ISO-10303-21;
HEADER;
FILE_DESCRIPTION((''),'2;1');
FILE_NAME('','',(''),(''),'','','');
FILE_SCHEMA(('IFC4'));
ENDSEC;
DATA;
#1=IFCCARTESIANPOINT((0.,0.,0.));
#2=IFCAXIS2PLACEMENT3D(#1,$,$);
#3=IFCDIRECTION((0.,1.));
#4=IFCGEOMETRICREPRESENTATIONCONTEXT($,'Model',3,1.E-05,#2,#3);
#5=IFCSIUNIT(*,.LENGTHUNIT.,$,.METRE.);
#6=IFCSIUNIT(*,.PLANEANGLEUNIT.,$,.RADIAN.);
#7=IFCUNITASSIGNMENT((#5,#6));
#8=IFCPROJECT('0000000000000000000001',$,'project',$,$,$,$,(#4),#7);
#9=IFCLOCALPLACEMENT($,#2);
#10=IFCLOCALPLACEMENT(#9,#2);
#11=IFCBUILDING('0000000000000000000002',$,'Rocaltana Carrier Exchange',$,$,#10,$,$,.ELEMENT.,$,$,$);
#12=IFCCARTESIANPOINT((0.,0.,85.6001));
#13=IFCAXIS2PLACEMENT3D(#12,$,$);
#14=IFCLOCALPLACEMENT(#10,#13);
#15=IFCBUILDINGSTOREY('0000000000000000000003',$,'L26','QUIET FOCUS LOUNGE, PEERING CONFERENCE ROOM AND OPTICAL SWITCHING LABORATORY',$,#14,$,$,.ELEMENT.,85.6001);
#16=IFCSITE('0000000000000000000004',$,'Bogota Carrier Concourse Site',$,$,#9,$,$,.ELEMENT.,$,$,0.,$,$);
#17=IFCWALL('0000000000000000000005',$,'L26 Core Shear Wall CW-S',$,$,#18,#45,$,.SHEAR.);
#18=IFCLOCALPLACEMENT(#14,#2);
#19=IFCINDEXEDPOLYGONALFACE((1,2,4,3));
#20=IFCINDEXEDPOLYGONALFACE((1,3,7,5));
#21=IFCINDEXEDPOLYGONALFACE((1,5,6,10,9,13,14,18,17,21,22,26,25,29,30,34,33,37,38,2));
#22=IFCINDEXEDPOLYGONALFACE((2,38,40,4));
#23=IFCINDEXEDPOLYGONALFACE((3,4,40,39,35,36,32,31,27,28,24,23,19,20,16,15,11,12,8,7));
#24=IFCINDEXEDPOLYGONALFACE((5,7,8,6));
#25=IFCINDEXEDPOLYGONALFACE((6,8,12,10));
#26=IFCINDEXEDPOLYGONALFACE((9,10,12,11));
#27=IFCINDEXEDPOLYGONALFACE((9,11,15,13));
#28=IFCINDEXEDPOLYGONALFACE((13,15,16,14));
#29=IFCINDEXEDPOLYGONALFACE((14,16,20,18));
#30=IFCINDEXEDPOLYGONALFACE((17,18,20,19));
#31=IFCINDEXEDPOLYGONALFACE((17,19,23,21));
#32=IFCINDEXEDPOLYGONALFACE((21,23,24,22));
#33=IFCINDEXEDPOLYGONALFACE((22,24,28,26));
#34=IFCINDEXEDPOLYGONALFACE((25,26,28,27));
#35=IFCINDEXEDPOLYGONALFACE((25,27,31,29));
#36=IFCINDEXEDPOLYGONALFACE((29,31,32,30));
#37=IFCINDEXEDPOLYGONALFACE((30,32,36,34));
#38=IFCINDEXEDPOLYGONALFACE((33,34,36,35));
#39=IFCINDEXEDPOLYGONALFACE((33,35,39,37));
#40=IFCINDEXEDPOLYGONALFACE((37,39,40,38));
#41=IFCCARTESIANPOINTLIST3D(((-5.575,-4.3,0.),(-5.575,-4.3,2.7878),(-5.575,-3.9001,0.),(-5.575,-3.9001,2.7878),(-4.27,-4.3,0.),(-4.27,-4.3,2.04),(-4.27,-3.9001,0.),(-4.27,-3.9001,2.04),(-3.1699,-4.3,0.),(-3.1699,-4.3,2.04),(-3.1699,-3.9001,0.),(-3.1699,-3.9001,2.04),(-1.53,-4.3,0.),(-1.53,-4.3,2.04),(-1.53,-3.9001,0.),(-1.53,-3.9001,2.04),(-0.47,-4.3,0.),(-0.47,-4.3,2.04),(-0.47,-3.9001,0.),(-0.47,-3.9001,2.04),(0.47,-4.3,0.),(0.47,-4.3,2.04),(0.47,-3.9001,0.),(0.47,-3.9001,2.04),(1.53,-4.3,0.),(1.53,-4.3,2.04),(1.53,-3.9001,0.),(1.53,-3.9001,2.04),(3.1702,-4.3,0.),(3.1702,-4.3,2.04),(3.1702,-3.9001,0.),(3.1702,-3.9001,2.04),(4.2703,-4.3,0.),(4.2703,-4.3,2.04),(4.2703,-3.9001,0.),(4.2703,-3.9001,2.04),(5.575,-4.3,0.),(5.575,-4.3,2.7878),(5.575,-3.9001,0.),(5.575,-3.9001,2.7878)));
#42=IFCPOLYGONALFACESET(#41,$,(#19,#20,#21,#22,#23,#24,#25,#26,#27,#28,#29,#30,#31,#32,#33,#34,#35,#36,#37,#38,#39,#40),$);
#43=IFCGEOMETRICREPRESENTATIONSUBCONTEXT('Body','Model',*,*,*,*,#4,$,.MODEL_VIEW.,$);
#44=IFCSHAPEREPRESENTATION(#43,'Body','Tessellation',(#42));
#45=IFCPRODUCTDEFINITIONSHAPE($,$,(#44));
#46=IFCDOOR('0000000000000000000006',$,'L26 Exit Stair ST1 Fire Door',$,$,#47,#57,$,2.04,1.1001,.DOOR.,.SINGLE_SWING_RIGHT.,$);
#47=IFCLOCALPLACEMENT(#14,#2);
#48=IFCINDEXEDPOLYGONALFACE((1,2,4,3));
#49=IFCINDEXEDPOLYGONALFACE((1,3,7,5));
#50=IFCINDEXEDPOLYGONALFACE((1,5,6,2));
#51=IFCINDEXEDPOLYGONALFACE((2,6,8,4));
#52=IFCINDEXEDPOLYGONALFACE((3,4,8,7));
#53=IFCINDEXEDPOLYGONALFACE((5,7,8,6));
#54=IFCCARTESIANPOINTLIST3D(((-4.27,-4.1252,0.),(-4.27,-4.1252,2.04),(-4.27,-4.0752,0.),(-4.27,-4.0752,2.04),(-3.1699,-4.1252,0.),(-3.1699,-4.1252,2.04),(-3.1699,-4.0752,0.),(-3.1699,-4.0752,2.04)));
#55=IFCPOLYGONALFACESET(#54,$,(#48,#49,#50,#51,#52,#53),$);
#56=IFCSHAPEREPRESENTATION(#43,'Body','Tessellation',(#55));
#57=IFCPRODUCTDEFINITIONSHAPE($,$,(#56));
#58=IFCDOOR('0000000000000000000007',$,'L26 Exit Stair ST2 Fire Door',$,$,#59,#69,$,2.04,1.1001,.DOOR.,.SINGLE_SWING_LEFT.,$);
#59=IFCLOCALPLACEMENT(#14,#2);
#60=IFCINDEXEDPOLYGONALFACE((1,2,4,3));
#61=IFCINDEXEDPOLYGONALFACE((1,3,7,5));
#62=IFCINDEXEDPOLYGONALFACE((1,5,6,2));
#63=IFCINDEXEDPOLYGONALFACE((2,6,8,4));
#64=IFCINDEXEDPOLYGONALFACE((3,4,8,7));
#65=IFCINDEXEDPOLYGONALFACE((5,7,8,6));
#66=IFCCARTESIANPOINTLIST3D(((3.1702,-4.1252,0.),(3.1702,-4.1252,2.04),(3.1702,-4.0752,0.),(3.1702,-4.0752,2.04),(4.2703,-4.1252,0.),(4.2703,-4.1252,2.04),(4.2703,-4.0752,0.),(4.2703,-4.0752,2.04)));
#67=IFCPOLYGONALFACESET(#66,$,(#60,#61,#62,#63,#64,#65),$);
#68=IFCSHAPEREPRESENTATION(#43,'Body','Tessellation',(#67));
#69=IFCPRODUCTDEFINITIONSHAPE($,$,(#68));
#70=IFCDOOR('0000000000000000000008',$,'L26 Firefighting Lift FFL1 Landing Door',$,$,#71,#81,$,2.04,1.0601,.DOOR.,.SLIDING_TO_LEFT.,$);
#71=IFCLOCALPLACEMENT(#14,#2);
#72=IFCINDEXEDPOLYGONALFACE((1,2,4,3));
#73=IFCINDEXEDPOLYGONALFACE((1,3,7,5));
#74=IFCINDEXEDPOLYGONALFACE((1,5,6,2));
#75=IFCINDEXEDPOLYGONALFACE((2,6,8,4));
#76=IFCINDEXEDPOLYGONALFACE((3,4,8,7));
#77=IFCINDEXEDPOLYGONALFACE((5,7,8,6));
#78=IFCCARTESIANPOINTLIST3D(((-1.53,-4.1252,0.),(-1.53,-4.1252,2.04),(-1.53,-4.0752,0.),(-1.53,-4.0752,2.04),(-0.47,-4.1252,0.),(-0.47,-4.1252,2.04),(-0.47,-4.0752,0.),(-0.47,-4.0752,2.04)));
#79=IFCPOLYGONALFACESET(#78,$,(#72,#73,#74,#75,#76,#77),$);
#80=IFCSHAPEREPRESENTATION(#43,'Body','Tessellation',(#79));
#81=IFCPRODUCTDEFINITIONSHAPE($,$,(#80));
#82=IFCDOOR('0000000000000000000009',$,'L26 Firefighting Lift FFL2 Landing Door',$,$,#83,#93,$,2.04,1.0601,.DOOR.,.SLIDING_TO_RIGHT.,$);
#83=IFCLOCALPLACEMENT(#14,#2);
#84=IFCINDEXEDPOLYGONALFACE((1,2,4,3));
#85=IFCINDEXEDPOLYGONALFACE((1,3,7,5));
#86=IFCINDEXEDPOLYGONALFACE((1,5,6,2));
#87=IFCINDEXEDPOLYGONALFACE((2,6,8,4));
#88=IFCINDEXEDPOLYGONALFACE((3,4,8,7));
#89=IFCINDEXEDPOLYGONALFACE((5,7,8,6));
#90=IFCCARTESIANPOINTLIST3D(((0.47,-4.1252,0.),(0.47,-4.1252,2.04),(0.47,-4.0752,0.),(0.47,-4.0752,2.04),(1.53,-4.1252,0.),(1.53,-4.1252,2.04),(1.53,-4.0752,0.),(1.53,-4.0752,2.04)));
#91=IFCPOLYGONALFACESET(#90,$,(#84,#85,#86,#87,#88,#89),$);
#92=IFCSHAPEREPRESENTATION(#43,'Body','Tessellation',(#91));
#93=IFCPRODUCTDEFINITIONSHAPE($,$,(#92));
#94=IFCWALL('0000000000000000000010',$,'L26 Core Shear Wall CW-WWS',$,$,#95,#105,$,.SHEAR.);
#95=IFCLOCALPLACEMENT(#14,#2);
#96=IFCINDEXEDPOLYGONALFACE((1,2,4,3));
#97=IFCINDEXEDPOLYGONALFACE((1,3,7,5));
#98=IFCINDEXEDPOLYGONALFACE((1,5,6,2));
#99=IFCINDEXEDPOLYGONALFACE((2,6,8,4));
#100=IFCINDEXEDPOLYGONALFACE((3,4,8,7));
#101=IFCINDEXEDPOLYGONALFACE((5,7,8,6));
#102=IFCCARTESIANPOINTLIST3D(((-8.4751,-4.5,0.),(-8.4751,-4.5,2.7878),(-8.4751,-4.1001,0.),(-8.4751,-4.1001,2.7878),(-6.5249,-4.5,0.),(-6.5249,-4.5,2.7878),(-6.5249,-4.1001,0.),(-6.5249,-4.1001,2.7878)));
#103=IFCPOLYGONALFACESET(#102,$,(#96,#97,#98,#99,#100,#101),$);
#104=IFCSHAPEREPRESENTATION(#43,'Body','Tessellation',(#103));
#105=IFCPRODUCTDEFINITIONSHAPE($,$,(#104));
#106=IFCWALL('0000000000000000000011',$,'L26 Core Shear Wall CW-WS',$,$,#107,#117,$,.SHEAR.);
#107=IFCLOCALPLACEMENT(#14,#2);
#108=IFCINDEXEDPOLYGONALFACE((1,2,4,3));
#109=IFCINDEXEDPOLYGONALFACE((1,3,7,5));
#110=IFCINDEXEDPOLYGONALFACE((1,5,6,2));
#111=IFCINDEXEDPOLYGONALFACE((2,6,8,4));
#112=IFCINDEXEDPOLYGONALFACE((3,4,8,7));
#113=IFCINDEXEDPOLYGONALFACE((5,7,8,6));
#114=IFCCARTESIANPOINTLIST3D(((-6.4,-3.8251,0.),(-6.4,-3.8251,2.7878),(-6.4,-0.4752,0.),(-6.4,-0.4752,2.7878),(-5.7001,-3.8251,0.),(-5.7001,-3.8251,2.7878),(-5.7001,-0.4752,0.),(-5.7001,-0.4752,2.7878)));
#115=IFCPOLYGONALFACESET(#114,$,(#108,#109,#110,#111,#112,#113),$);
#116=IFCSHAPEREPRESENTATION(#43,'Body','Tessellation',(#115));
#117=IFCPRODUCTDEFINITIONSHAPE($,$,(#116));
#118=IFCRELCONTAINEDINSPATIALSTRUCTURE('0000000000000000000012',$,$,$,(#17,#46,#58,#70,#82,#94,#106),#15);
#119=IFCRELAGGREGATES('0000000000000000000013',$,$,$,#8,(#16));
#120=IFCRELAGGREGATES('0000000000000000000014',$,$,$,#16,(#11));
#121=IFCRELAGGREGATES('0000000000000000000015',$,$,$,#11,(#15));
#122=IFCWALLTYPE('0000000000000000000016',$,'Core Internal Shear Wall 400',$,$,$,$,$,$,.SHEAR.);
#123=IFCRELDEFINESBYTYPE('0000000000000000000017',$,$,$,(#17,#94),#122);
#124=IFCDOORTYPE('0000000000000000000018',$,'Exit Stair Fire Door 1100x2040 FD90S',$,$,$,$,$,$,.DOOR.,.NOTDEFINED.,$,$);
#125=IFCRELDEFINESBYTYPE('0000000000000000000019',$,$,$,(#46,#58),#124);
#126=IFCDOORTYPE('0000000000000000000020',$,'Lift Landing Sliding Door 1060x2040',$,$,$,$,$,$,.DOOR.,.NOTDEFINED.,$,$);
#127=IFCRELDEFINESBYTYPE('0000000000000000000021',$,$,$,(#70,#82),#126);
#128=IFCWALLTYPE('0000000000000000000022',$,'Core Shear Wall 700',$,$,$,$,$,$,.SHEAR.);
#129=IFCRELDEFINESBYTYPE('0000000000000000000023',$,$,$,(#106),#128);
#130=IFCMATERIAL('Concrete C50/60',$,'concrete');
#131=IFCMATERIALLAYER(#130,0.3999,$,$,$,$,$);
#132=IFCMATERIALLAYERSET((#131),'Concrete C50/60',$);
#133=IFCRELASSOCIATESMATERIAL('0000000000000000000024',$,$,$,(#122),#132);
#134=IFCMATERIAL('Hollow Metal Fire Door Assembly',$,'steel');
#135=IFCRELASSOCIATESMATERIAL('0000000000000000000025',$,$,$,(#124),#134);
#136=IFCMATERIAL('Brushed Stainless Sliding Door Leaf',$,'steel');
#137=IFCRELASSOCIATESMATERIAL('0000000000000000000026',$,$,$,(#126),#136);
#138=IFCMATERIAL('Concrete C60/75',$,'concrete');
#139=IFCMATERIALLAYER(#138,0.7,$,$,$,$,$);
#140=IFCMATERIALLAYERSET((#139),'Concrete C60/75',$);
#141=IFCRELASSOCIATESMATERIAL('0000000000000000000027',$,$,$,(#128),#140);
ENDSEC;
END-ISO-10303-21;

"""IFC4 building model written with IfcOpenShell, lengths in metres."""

from ifc_helpers import new_model, si_unit, direction, frame, frame_2d, origin, place, context, subcontext, project, spatial, rectangle, extrude, material, layer, layer_set, type_object, element, fill, save


model = new_model("IFC4")

# Units and contexts
model_context = context("Model", 3, precision=1e-05, world=origin(), true_north=direction((0.0, 1.0)))
body_context = subcontext(model_context, "Body", "Model", "MODEL_VIEW")
ifc_project = project(units=[si_unit("LENGTHUNIT", "METRE"), si_unit("PLANEANGLEUNIT", "RADIAN")], contexts=[model_context])

# Site, building, storey
site_placement = place(None, origin())
site = spatial("IfcSite", under=ifc_project, at=site_placement, Name="Bogota Carrier Concourse Site", CompositionType="ELEMENT", RefElevation=0.0)
building_placement = place(site_placement, origin())
building = spatial("IfcBuilding", under=site, at=building_placement, Name="Rocaltana Carrier Exchange", CompositionType="ELEMENT")
storey_placement = place(building_placement, frame((0.0, 0.0, 85.6001)))
storey = spatial("IfcBuildingStorey", under=building, at=storey_placement, Name="L26", Description="QUIET FOCUS LOUNGE, PEERING CONFERENCE ROOM AND OPTICAL SWITCHING LABORATORY", CompositionType="ELEMENT", Elevation=85.6001)

# Wall, openings, doors
ifc_material_1 = material(Name="Concrete C50/60", Category="concrete")
ifc_layer_1 = layer(ifc_material_1, 0.3999)
ifc_layer_set_1 = layer_set([ifc_layer_1], Name="Concrete C50/60")
wall_type_1 = type_object("IfcWallType", Name="Core Internal Shear Wall 400", PredefinedType="SHEAR", material=ifc_layer_set_1)
wall_1_placement = place(storey_placement, frame((-5.575, -4.1001, 0.0), z_axis=(0.0, 0.0, 1.0), x_axis=(1.0, 0.0, 0.0)))
wall_1 = element("IfcWall", 1, at=wall_1_placement, inside=storey, type_object=wall_type_1, Name="L26 Core Shear Wall CW-S", PredefinedType="SHEAR", context=body_context, shape_type="SweptSolid", body=[
    extrude(rectangle(XDim=11.1499, YDim=0.3999, at=frame_2d((5.575, 0.0))), origin(), (0.0, 0.0, 1.0), 2.7878),
])
opening_1_placement = place(wall_1_placement, frame((1.3049, 0.0, 0.0)))
opening_1 = element("IfcOpeningElement", 2, at=opening_1_placement, cuts=wall_1, PredefinedType="OPENING", context=body_context, shape_type="SweptSolid", body=[
    extrude(rectangle(XDim=1.1001, YDim=2.04, at=frame_2d((0.55, 1.02))), frame((0.0, 0.21, 0.0), z_axis=(0.0, -1.0, 0.0), x_axis=(1.0, 0.0, 0.0)), (0.0, 0.0, 1.0), 0.4199),
])
opening_2_placement = place(wall_1_placement, frame((8.7451, 0.0, 0.0)))
opening_2 = element("IfcOpeningElement", 3, at=opening_2_placement, cuts=wall_1, PredefinedType="OPENING", context=body_context, shape_type="SweptSolid", body=[
    extrude(rectangle(XDim=1.1001, YDim=2.04, at=frame_2d((0.55, 1.02))), frame((0.0, 0.21, 0.0), z_axis=(0.0, -1.0, 0.0), x_axis=(1.0, 0.0, 0.0)), (0.0, 0.0, 1.0), 0.4199),
])
opening_3_placement = place(wall_1_placement, frame((4.0449, 0.0, 0.0)))
opening_3 = element("IfcOpeningElement", 4, at=opening_3_placement, cuts=wall_1, PredefinedType="OPENING", context=body_context, shape_type="SweptSolid", body=[
    extrude(rectangle(XDim=1.0601, YDim=2.04, at=frame_2d((0.53, 1.02))), frame((0.0, 0.21, 0.0), z_axis=(0.0, -1.0, 0.0), x_axis=(1.0, 0.0, 0.0)), (0.0, 0.0, 1.0), 0.4199),
])
opening_4_placement = place(wall_1_placement, frame((6.0449, 0.0, 0.0)))
opening_4 = element("IfcOpeningElement", 5, at=opening_4_placement, cuts=wall_1, PredefinedType="OPENING", context=body_context, shape_type="SweptSolid", body=[
    extrude(rectangle(XDim=1.0601, YDim=2.04, at=frame_2d((0.53, 1.02))), frame((0.0, 0.21, 0.0), z_axis=(0.0, -1.0, 0.0), x_axis=(1.0, 0.0, 0.0)), (0.0, 0.0, 1.0), 0.4199),
])
ifc_material_2 = material(Name="Hollow Metal Fire Door Assembly", Category="steel")
door_type_1 = type_object("IfcDoorType", Name="Exit Stair Fire Door 1100x2040 FD90S", OperationType="NOTDEFINED", PredefinedType="DOOR", material=ifc_material_2)
door_1_placement = place(opening_1_placement, origin())
door_1 = element("IfcDoor", 6, at=door_1_placement, inside=storey, type_object=door_type_1, Name="L26 Exit Stair ST1 Fire Door", OperationType="SINGLE_SWING_RIGHT", OverallHeight=2.04, OverallWidth=1.1001, PredefinedType="DOOR", context=body_context, shape_type="SweptSolid", body=[
    extrude(rectangle(XDim=1.1001, YDim=2.04, at=frame_2d((0.55, 1.02))), frame((0.0, 0.0249, 0.0), z_axis=(0.0, -1.0, 0.0), x_axis=(1.0, 0.0, 0.0)), (0.0, 0.0, 1.0), 0.05),
])
fill(opening_1, door_1)
door_2_placement = place(opening_2_placement, origin())
door_2 = element("IfcDoor", 7, at=door_2_placement, inside=storey, type_object=door_type_1, Name="L26 Exit Stair ST2 Fire Door", OperationType="SINGLE_SWING_LEFT", OverallHeight=2.04, OverallWidth=1.1001, PredefinedType="DOOR", context=body_context, shape_type="SweptSolid", body=[
    extrude(rectangle(XDim=1.1001, YDim=2.04, at=frame_2d((0.55, 1.02))), frame((0.0, 0.0249, 0.0), z_axis=(0.0, -1.0, 0.0), x_axis=(1.0, 0.0, 0.0)), (0.0, 0.0, 1.0), 0.05),
])
fill(opening_2, door_2)
ifc_material_3 = material(Name="Brushed Stainless Sliding Door Leaf", Category="steel")
door_type_2 = type_object("IfcDoorType", Name="Lift Landing Sliding Door 1060x2040", OperationType="NOTDEFINED", PredefinedType="DOOR", material=ifc_material_3)
door_3_placement = place(opening_3_placement, origin())
door_3 = element("IfcDoor", 8, at=door_3_placement, inside=storey, type_object=door_type_2, Name="L26 Firefighting Lift FFL1 Landing Door", OperationType="SLIDING_TO_LEFT", OverallHeight=2.04, OverallWidth=1.0601, PredefinedType="DOOR", context=body_context, shape_type="SweptSolid", body=[
    extrude(rectangle(XDim=1.0601, YDim=2.04, at=frame_2d((0.53, 1.02))), frame((0.0, 0.0249, 0.0), z_axis=(0.0, -1.0, 0.0), x_axis=(1.0, 0.0, 0.0)), (0.0, 0.0, 1.0), 0.05),
])
fill(opening_3, door_3)
door_4_placement = place(opening_4_placement, origin())
door_4 = element("IfcDoor", 9, at=door_4_placement, inside=storey, type_object=door_type_2, Name="L26 Firefighting Lift FFL2 Landing Door", OperationType="SLIDING_TO_RIGHT", OverallHeight=2.04, OverallWidth=1.0601, PredefinedType="DOOR", context=body_context, shape_type="SweptSolid", body=[
    extrude(rectangle(XDim=1.0601, YDim=2.04, at=frame_2d((0.53, 1.02))), frame((0.0, 0.0249, 0.0), z_axis=(0.0, -1.0, 0.0), x_axis=(1.0, 0.0, 0.0)), (0.0, 0.0, 1.0), 0.05),
])
fill(opening_4, door_4)

# Walls
wall_2_placement = place(storey_placement, frame((-8.4751, -4.3, 0.0), z_axis=(0.0, 0.0, 1.0), x_axis=(1.0, 0.0, 0.0)))
element("IfcWall", 10, at=wall_2_placement, inside=storey, type_object=wall_type_1, Name="L26 Core Shear Wall CW-WWS", PredefinedType="SHEAR", context=body_context, shape_type="SweptSolid", body=[
    extrude(rectangle(XDim=1.9502, YDim=0.3999, at=frame_2d((0.9751, 0.0))), origin(), (0.0, 0.0, 1.0), 2.7878),
])
ifc_material_4 = material(Name="Concrete C60/75", Category="concrete")
ifc_layer_2 = layer(ifc_material_4, 0.7)
ifc_layer_set_2 = layer_set([ifc_layer_2], Name="Concrete C60/75")
wall_type_2 = type_object("IfcWallType", Name="Core Shear Wall 700", PredefinedType="SHEAR", material=ifc_layer_set_2)
wall_3_placement = place(storey_placement, frame((-6.05, -3.825, 0.0), z_axis=(0.0, 0.0, 1.0), x_axis=(0.0, 1.0, 0.0)))
element("IfcWall", 11, at=wall_3_placement, inside=storey, type_object=wall_type_2, Name="L26 Core Shear Wall CW-WS", PredefinedType="SHEAR", context=body_context, shape_type="SweptSolid", body=[
    extrude(rectangle(XDim=3.3499, YDim=0.7, at=frame_2d((1.6748, 0.0))), origin(), (0.0, 0.0, 1.0), 2.7878),
])

save(model, "model.ifc")
